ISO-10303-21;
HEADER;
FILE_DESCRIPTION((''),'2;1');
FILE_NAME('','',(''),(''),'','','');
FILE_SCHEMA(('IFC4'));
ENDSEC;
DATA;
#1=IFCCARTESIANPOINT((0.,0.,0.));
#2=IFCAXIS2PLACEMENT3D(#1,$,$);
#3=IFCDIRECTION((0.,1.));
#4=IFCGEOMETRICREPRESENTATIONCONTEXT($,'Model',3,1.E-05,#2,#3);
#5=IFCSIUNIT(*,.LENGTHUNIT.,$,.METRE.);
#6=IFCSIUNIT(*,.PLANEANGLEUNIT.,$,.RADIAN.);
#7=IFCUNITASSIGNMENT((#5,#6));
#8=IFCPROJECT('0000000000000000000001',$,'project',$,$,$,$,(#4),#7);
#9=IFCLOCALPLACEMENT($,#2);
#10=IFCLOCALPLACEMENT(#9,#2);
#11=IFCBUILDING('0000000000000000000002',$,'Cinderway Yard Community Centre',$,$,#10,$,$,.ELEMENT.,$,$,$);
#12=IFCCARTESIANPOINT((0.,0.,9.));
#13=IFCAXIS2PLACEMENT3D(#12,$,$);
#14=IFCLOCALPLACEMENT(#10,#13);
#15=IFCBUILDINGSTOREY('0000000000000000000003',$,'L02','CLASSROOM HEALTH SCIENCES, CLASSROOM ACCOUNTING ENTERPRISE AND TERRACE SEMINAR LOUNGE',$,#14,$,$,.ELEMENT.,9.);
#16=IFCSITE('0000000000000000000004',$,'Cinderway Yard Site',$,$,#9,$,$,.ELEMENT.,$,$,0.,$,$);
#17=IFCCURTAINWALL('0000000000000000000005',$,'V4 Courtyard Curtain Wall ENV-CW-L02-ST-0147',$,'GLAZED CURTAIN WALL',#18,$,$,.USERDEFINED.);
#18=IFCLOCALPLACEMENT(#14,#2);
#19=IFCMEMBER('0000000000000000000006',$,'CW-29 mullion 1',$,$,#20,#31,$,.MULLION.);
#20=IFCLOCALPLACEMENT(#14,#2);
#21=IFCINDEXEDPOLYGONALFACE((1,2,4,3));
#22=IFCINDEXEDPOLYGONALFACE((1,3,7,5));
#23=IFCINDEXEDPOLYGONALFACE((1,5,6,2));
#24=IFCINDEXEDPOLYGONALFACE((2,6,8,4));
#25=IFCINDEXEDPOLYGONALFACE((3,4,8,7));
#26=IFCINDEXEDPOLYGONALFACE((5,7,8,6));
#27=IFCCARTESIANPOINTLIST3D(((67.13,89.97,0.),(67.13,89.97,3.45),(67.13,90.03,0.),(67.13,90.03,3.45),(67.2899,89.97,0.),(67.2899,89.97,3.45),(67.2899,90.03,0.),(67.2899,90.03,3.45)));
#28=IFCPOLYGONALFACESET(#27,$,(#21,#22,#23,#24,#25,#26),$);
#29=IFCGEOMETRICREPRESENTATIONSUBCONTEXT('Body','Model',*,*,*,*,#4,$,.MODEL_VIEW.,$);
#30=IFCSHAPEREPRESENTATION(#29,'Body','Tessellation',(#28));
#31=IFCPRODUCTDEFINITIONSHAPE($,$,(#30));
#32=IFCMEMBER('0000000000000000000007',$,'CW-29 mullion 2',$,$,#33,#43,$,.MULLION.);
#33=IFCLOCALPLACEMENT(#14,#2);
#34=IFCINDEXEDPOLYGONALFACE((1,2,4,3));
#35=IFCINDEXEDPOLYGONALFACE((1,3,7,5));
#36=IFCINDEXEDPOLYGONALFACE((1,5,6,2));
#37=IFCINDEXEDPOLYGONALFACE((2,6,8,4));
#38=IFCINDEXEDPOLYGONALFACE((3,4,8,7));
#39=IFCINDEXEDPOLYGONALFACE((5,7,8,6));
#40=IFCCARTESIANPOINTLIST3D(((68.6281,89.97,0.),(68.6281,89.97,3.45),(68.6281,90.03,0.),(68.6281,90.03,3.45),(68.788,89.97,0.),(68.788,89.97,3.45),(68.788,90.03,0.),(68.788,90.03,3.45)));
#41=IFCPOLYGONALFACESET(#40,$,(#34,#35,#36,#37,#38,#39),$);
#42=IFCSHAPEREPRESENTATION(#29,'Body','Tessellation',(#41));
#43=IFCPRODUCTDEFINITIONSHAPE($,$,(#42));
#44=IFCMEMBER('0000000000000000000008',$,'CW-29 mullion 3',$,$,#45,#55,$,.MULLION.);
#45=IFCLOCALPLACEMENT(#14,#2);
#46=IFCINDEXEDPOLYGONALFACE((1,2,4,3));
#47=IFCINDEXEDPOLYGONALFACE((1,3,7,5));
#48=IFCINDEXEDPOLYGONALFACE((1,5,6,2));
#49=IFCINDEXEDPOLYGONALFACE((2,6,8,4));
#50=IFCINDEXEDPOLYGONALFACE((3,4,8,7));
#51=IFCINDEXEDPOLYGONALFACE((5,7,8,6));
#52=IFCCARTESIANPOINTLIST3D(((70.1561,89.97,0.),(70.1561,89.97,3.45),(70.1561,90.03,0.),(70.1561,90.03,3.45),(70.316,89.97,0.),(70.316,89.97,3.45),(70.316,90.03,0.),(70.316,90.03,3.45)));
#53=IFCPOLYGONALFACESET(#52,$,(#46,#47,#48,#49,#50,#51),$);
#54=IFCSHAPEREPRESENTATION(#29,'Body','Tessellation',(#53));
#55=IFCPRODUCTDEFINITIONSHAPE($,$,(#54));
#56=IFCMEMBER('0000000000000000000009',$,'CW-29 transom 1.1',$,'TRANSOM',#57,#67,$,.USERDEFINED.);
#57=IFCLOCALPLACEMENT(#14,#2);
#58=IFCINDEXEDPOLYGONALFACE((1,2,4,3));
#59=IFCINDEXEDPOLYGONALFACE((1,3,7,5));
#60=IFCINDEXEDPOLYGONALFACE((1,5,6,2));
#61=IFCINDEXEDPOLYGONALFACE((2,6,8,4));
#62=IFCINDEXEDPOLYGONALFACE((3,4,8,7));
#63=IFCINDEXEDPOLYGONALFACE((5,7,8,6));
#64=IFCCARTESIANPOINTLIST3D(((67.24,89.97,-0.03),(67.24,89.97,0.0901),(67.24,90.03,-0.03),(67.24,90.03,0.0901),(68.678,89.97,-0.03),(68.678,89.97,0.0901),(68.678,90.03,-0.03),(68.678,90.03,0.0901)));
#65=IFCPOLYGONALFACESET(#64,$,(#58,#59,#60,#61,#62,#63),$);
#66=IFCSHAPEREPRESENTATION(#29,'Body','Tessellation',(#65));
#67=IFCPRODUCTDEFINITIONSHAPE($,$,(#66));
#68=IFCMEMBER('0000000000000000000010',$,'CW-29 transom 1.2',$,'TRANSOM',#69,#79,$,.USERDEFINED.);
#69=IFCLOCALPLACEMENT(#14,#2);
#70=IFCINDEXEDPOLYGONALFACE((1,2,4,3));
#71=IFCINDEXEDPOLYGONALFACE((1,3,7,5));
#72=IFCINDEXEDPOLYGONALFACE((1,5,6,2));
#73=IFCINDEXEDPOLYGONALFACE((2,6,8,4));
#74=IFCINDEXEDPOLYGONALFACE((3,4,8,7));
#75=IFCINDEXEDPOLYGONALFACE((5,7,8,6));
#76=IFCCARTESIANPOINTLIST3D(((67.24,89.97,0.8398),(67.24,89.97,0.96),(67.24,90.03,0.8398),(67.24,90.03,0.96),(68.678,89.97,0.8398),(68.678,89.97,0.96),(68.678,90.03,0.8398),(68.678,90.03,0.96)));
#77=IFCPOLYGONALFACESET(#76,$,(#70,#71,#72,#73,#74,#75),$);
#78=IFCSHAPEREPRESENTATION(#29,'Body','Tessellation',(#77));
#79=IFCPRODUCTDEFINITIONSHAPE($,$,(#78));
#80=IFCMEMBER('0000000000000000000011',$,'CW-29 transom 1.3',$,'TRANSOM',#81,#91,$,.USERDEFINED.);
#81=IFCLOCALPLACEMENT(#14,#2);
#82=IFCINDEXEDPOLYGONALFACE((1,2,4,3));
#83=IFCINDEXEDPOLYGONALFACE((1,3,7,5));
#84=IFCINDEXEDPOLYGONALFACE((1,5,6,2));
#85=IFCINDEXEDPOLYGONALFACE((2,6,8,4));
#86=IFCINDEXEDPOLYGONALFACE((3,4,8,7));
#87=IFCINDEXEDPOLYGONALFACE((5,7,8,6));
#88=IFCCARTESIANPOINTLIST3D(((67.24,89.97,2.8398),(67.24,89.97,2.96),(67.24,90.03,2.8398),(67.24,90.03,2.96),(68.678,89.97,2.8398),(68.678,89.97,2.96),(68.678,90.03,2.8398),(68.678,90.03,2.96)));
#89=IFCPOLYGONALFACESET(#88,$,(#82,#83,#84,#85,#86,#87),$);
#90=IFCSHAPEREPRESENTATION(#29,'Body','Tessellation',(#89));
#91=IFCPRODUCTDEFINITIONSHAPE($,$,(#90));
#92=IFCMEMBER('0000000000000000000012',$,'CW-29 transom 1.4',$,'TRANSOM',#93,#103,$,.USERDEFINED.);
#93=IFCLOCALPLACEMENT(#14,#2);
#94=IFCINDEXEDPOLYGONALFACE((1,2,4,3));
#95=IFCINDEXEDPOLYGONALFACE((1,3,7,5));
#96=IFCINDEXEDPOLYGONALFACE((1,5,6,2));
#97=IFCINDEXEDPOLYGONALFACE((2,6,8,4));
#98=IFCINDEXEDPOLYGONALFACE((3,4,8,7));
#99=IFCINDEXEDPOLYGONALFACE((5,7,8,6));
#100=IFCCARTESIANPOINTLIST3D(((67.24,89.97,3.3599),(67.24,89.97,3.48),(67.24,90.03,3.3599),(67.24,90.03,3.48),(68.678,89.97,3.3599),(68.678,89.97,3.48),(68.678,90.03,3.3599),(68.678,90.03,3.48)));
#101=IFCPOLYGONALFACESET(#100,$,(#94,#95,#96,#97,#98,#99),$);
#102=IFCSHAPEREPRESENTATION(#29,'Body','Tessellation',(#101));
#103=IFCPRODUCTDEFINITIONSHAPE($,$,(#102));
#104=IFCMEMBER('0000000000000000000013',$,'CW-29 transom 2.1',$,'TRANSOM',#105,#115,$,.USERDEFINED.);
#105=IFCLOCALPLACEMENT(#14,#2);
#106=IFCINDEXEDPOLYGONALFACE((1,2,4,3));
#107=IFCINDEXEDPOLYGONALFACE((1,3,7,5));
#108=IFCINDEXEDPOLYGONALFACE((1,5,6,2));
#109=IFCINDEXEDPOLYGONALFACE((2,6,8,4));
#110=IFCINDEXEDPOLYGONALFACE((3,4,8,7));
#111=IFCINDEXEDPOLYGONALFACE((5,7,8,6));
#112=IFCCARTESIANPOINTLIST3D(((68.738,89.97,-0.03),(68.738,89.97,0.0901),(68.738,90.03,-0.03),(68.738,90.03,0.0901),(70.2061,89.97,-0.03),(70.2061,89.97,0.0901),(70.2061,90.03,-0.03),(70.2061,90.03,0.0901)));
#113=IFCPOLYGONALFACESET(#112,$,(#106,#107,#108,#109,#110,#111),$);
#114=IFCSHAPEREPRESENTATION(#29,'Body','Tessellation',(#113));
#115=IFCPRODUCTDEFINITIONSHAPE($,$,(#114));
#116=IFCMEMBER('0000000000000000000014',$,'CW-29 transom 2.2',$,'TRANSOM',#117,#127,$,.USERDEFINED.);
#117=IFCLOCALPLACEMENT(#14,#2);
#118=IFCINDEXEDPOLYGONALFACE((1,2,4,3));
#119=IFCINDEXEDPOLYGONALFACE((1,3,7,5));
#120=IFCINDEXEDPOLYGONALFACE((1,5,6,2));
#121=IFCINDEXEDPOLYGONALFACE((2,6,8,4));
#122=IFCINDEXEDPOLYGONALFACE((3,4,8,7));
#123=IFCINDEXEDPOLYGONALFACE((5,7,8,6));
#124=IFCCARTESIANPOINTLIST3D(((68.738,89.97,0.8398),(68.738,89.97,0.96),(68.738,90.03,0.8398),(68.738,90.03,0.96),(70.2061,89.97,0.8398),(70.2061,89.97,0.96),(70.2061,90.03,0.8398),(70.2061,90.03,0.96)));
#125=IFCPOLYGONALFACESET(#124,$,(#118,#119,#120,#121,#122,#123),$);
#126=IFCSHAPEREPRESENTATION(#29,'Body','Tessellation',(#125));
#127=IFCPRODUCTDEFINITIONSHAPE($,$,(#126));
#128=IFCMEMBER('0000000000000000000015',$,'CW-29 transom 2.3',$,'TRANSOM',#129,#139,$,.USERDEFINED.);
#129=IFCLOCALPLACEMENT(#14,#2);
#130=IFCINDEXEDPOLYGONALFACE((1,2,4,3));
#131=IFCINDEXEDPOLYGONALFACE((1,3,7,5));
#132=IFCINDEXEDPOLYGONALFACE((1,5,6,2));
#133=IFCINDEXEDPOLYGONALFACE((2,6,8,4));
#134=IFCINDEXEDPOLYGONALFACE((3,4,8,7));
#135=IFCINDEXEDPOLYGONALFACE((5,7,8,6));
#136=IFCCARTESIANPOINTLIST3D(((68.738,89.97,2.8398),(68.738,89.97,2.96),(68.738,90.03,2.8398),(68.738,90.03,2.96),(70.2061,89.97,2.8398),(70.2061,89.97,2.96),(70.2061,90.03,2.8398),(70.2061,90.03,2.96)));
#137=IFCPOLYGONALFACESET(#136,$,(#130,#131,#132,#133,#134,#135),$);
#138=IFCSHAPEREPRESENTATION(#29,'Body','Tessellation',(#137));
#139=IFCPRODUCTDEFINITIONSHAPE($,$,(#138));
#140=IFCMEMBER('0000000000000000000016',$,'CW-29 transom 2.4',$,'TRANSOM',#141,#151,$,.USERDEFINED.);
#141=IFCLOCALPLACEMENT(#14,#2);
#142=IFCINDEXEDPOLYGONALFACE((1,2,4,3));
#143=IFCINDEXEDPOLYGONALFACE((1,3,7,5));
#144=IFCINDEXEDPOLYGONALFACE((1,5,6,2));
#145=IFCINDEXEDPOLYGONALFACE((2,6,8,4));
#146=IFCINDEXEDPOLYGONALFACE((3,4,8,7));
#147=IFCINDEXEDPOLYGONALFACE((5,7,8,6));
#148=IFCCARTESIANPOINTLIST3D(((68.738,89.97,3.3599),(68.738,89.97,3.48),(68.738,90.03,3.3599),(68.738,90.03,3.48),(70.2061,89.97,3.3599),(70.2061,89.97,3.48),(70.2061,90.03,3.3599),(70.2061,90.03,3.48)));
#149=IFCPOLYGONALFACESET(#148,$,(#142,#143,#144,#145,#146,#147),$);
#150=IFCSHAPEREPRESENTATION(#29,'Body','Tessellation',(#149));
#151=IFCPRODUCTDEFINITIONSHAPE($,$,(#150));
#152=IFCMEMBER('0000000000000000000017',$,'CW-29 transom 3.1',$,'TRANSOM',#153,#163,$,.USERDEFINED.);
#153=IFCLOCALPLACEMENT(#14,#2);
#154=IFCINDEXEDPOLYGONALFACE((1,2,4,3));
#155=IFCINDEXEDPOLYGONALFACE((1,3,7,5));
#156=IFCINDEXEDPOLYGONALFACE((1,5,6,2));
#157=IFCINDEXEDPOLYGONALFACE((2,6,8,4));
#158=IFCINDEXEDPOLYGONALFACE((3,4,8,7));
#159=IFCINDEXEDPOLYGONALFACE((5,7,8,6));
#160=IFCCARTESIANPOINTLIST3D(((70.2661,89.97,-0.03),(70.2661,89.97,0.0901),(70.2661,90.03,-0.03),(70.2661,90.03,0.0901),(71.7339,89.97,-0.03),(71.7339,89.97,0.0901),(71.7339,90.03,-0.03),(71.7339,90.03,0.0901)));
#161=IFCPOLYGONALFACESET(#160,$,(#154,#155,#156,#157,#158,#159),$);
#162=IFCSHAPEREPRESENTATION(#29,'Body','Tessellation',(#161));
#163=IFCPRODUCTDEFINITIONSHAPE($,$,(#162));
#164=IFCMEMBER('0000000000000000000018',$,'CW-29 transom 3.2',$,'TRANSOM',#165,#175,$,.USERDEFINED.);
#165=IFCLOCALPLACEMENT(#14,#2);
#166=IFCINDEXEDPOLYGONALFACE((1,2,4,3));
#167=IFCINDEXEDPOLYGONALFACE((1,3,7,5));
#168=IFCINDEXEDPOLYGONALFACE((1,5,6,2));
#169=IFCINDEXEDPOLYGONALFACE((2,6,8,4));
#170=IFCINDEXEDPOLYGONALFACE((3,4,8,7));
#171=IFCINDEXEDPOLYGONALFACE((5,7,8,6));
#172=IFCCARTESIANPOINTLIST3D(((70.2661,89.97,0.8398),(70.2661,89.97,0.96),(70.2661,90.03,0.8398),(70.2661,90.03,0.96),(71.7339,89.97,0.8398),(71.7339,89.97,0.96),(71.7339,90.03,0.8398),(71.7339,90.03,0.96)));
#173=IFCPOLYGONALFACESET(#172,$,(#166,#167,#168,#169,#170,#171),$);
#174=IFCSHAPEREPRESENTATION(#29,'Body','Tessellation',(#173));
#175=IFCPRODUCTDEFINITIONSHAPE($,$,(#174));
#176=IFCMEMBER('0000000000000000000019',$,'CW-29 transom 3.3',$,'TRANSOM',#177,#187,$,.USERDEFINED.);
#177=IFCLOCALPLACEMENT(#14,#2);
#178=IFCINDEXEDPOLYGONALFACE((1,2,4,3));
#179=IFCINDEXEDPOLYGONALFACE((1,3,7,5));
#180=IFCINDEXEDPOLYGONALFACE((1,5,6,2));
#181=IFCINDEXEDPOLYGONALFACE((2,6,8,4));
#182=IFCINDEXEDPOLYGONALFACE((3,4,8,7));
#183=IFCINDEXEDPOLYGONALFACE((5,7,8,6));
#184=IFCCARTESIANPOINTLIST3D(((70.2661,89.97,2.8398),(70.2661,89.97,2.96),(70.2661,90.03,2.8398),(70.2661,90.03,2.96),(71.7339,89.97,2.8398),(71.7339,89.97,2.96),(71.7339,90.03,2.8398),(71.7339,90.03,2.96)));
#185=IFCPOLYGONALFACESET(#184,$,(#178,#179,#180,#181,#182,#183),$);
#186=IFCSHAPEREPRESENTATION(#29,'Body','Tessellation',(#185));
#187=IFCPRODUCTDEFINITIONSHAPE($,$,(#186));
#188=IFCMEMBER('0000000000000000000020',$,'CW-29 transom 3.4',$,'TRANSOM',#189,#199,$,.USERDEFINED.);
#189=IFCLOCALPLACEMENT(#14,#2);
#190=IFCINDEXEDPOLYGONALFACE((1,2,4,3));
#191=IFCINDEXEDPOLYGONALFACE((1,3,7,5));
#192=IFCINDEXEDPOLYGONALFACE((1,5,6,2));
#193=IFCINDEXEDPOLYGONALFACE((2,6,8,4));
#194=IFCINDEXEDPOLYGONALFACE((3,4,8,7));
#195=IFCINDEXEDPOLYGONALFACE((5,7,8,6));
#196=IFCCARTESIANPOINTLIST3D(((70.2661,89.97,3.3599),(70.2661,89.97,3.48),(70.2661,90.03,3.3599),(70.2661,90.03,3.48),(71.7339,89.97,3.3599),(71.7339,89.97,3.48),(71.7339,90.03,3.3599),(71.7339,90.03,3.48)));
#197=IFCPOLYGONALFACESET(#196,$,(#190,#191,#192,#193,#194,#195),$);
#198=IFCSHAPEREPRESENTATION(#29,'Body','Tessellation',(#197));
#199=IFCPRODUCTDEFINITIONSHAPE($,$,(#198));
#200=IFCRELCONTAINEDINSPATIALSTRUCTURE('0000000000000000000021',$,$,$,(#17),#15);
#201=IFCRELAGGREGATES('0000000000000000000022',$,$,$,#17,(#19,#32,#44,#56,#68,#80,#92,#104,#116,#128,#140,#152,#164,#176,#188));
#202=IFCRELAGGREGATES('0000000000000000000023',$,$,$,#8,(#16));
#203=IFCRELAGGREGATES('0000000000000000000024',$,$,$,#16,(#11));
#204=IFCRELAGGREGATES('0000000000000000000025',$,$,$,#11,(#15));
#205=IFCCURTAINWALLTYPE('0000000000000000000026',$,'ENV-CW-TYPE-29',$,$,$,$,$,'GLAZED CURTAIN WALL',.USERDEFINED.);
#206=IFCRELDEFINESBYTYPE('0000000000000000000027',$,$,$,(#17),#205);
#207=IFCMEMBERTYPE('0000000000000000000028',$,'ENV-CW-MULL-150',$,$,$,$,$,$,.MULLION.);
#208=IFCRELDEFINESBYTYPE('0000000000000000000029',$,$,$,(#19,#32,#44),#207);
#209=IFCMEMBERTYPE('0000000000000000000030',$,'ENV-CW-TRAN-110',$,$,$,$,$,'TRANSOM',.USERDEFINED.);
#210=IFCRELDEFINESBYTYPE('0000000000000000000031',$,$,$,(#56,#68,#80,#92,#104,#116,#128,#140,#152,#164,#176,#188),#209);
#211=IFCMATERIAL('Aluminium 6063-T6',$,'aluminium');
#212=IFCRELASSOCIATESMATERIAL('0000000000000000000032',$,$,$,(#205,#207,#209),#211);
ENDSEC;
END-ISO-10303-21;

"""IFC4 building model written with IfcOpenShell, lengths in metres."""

from ifc_helpers import new_model, si_unit, direction, frame, origin, origin_2d, place, context, subcontext, project, spatial, rectangle, extrude, material, material_profile, profile_set, type_object, element, aggregate, save


model = new_model("IFC4")

# Units and contexts
model_context = context("Model", 3, precision=1e-05, world=origin(), true_north=direction((0.0, 1.0)))
body_context = subcontext(model_context, "Body", "Model", "MODEL_VIEW")
ifc_project = project(units=[si_unit("LENGTHUNIT", "METRE"), si_unit("PLANEANGLEUNIT", "RADIAN")], contexts=[model_context])

# Site, building, storey
site_placement = place(None, origin())
site = spatial("IfcSite", under=ifc_project, at=site_placement, Name="Cinderway Yard Site", CompositionType="ELEMENT", RefElevation=0.0)
building_placement = place(site_placement, origin())
building = spatial("IfcBuilding", under=site, at=building_placement, Name="Cinderway Yard Community Centre", CompositionType="ELEMENT")
storey_placement = place(building_placement, frame((0.0, 0.0, 9.0)))
storey = spatial("IfcBuildingStorey", under=building, at=storey_placement, Name="L02", Description="CLASSROOM HEALTH SCIENCES, CLASSROOM ACCOUNTING ENTERPRISE AND TERRACE SEMINAR LOUNGE", CompositionType="ELEMENT", Elevation=9.0)

# Curtain wall, members
ifc_material_1 = material(Name="Aluminium 6063-T6", Category="aluminium")
curtain_wall_type = type_object("IfcCurtainWallType", Name="ENV-CW-TYPE-29", ElementType="GLAZED CURTAIN WALL", PredefinedType="USERDEFINED", material=ifc_material_1)
curtain_wall_placement = place(storey_placement, origin())
curtain_wall = element("IfcCurtainWall", 1, at=curtain_wall_placement, inside=storey, type_object=curtain_wall_type, Name="V4 Courtyard Curtain Wall ENV-CW-L02-ST-0147", ObjectType="GLAZED CURTAIN WALL", PredefinedType="USERDEFINED")
ifc_material_profile_1 = material_profile(ifc_material_1, rectangle(XDim=0.0601, YDim=0.1599, at=origin_2d()), Name="Aluminium 6063-T6")
ifc_profile_set_1 = profile_set([ifc_material_profile_1], Name="Aluminium 6063-T6")
member_type_1 = type_object("IfcMemberType", Name="ENV-CW-MULL-150", PredefinedType="MULLION", material=ifc_profile_set_1)
member_1_placement = place(storey_placement, frame((67.21, 90.0, 0.0), z_axis=(0.0, 0.0, 1.0), x_axis=(0.0, 1.0, 0.0)))
member_1 = element("IfcMember", 2, at=member_1_placement, type_object=member_type_1, Name="CW-29 mullion 1", PredefinedType="MULLION", context=body_context, shape_type="SweptSolid", body=[
    extrude(rectangle(XDim=0.0601, YDim=0.1599, at=origin_2d()), origin(), (0.0, 0.0, 1.0), 3.45),
])
member_2_placement = place(storey_placement, frame((68.708, 90.0, 0.0), z_axis=(0.0, 0.0, 1.0), x_axis=(0.0, 1.0, 0.0)))
member_2 = element("IfcMember", 3, at=member_2_placement, type_object=member_type_1, Name="CW-29 mullion 2", PredefinedType="MULLION", context=body_context, shape_type="SweptSolid", body=[
    extrude(rectangle(XDim=0.0601, YDim=0.1599, at=origin_2d()), origin(), (0.0, 0.0, 1.0), 3.45),
])
member_3_placement = place(storey_placement, frame((70.2361, 90.0, 0.0), z_axis=(0.0, 0.0, 1.0), x_axis=(0.0, 1.0, 0.0)))
member_3 = element("IfcMember", 4, at=member_3_placement, type_object=member_type_1, Name="CW-29 mullion 3", PredefinedType="MULLION", context=body_context, shape_type="SweptSolid", body=[
    extrude(rectangle(XDim=0.0601, YDim=0.1599, at=origin_2d()), origin(), (0.0, 0.0, 1.0), 3.45),
])
ifc_material_profile_2 = material_profile(ifc_material_1, rectangle(XDim=0.0601, YDim=0.1201, at=origin_2d()), Name="Aluminium 6063-T6")
ifc_profile_set_2 = profile_set([ifc_material_profile_2], Name="Aluminium 6063-T6")
member_type_2 = type_object("IfcMemberType", Name="ENV-CW-TRAN-110", ElementType="TRANSOM", PredefinedType="USERDEFINED", material=ifc_profile_set_2)
member_4_placement = place(storey_placement, frame((67.24, 90.0, 0.03), z_axis=(1.0, 0.0, 0.0), x_axis=(0.0, 1.0, 0.0)))
member_4 = element("IfcMember", 5, at=member_4_placement, type_object=member_type_2, Name="CW-29 transom 1.1", ObjectType="TRANSOM", PredefinedType="USERDEFINED", context=body_context, shape_type="SweptSolid", body=[
    extrude(rectangle(XDim=0.0601, YDim=0.1201, at=origin_2d()), origin(), (0.0, 0.0, 1.0), 1.438),
])
member_5_placement = place(storey_placement, frame((67.24, 90.0, 0.8999), z_axis=(1.0, 0.0, 0.0), x_axis=(0.0, 1.0, 0.0)))
member_5 = element("IfcMember", 6, at=member_5_placement, type_object=member_type_2, Name="CW-29 transom 1.2", ObjectType="TRANSOM", PredefinedType="USERDEFINED", context=body_context, shape_type="SweptSolid", body=[
    extrude(rectangle(XDim=0.0601, YDim=0.1201, at=origin_2d()), origin(), (0.0, 0.0, 1.0), 1.438),
])
member_6_placement = place(storey_placement, frame((67.24, 90.0, 2.8999), z_axis=(1.0, 0.0, 0.0), x_axis=(0.0, 1.0, 0.0)))
member_6 = element("IfcMember", 7, at=member_6_placement, type_object=member_type_2, Name="CW-29 transom 1.3", ObjectType="TRANSOM", PredefinedType="USERDEFINED", context=body_context, shape_type="SweptSolid", body=[
    extrude(rectangle(XDim=0.0601, YDim=0.1201, at=origin_2d()), origin(), (0.0, 0.0, 1.0), 1.438),
])
member_7_placement = place(storey_placement, frame((67.24, 90.0, 3.4199), z_axis=(1.0, 0.0, 0.0), x_axis=(0.0, 1.0, 0.0)))
member_7 = element("IfcMember", 8, at=member_7_placement, type_object=member_type_2, Name="CW-29 transom 1.4", ObjectType="TRANSOM", PredefinedType="USERDEFINED", context=body_context, shape_type="SweptSolid", body=[
    extrude(rectangle(XDim=0.0601, YDim=0.1201, at=origin_2d()), origin(), (0.0, 0.0, 1.0), 1.438),
])
member_8_placement = place(storey_placement, frame((68.738, 90.0, 0.03), z_axis=(1.0, 0.0, 0.0), x_axis=(0.0, 1.0, 0.0)))
member_8 = element("IfcMember", 9, at=member_8_placement, type_object=member_type_2, Name="CW-29 transom 2.1", ObjectType="TRANSOM", PredefinedType="USERDEFINED", context=body_context, shape_type="SweptSolid", body=[
    extrude(rectangle(XDim=0.0601, YDim=0.1201, at=origin_2d()), origin(), (0.0, 0.0, 1.0), 1.468),
])
member_9_placement = place(storey_placement, frame((68.738, 90.0, 0.8999), z_axis=(1.0, 0.0, 0.0), x_axis=(0.0, 1.0, 0.0)))
member_9 = element("IfcMember", 10, at=member_9_placement, type_object=member_type_2, Name="CW-29 transom 2.2", ObjectType="TRANSOM", PredefinedType="USERDEFINED", context=body_context, shape_type="SweptSolid", body=[
    extrude(rectangle(XDim=0.0601, YDim=0.1201, at=origin_2d()), origin(), (0.0, 0.0, 1.0), 1.468),
])
member_10_placement = place(storey_placement, frame((68.738, 90.0, 2.8999), z_axis=(1.0, 0.0, 0.0), x_axis=(0.0, 1.0, 0.0)))
member_10 = element("IfcMember", 11, at=member_10_placement, type_object=member_type_2, Name="CW-29 transom 2.3", ObjectType="TRANSOM", PredefinedType="USERDEFINED", context=body_context, shape_type="SweptSolid", body=[
    extrude(rectangle(XDim=0.0601, YDim=0.1201, at=origin_2d()), origin(), (0.0, 0.0, 1.0), 1.468),
])
member_11_placement = place(storey_placement, frame((68.738, 90.0, 3.4199), z_axis=(1.0, 0.0, 0.0), x_axis=(0.0, 1.0, 0.0)))
member_11 = element("IfcMember", 12, at=member_11_placement, type_object=member_type_2, Name="CW-29 transom 2.4", ObjectType="TRANSOM", PredefinedType="USERDEFINED", context=body_context, shape_type="SweptSolid", body=[
    extrude(rectangle(XDim=0.0601, YDim=0.1201, at=origin_2d()), origin(), (0.0, 0.0, 1.0), 1.468),
])
member_12_placement = place(storey_placement, frame((70.2661, 90.0, 0.03), z_axis=(1.0, 0.0, 0.0), x_axis=(0.0, 1.0, 0.0)))
member_12 = element("IfcMember", 13, at=member_12_placement, type_object=member_type_2, Name="CW-29 transom 3.1", ObjectType="TRANSOM", PredefinedType="USERDEFINED", context=body_context, shape_type="SweptSolid", body=[
    extrude(rectangle(XDim=0.0601, YDim=0.1201, at=origin_2d()), origin(), (0.0, 0.0, 1.0), 1.4678),
])
member_13_placement = place(storey_placement, frame((70.2661, 90.0, 0.8999), z_axis=(1.0, 0.0, 0.0), x_axis=(0.0, 1.0, 0.0)))
member_13 = element("IfcMember", 14, at=member_13_placement, type_object=member_type_2, Name="CW-29 transom 3.2", ObjectType="TRANSOM", PredefinedType="USERDEFINED", context=body_context, shape_type="SweptSolid", body=[
    extrude(rectangle(XDim=0.0601, YDim=0.1201, at=origin_2d()), origin(), (0.0, 0.0, 1.0), 1.4678),
])
member_14_placement = place(storey_placement, frame((70.2661, 90.0, 2.8999), z_axis=(1.0, 0.0, 0.0), x_axis=(0.0, 1.0, 0.0)))
member_14 = element("IfcMember", 15, at=member_14_placement, type_object=member_type_2, Name="CW-29 transom 3.3", ObjectType="TRANSOM", PredefinedType="USERDEFINED", context=body_context, shape_type="SweptSolid", body=[
    extrude(rectangle(XDim=0.0601, YDim=0.1201, at=origin_2d()), origin(), (0.0, 0.0, 1.0), 1.4678),
])
member_15_placement = place(storey_placement, frame((70.2661, 90.0, 3.4199), z_axis=(1.0, 0.0, 0.0), x_axis=(0.0, 1.0, 0.0)))
member_15 = element("IfcMember", 16, at=member_15_placement, type_object=member_type_2, Name="CW-29 transom 3.4", ObjectType="TRANSOM", PredefinedType="USERDEFINED", context=body_context, shape_type="SweptSolid", body=[
    extrude(rectangle(XDim=0.0601, YDim=0.1201, at=origin_2d()), origin(), (0.0, 0.0, 1.0), 1.4678),
])

aggregate(curtain_wall, [member_1, member_2, member_3, member_4, member_5, member_6, member_7, member_8, member_9, member_10, member_11, member_12, member_13, member_14, member_15])

save(model, "model.ifc")
